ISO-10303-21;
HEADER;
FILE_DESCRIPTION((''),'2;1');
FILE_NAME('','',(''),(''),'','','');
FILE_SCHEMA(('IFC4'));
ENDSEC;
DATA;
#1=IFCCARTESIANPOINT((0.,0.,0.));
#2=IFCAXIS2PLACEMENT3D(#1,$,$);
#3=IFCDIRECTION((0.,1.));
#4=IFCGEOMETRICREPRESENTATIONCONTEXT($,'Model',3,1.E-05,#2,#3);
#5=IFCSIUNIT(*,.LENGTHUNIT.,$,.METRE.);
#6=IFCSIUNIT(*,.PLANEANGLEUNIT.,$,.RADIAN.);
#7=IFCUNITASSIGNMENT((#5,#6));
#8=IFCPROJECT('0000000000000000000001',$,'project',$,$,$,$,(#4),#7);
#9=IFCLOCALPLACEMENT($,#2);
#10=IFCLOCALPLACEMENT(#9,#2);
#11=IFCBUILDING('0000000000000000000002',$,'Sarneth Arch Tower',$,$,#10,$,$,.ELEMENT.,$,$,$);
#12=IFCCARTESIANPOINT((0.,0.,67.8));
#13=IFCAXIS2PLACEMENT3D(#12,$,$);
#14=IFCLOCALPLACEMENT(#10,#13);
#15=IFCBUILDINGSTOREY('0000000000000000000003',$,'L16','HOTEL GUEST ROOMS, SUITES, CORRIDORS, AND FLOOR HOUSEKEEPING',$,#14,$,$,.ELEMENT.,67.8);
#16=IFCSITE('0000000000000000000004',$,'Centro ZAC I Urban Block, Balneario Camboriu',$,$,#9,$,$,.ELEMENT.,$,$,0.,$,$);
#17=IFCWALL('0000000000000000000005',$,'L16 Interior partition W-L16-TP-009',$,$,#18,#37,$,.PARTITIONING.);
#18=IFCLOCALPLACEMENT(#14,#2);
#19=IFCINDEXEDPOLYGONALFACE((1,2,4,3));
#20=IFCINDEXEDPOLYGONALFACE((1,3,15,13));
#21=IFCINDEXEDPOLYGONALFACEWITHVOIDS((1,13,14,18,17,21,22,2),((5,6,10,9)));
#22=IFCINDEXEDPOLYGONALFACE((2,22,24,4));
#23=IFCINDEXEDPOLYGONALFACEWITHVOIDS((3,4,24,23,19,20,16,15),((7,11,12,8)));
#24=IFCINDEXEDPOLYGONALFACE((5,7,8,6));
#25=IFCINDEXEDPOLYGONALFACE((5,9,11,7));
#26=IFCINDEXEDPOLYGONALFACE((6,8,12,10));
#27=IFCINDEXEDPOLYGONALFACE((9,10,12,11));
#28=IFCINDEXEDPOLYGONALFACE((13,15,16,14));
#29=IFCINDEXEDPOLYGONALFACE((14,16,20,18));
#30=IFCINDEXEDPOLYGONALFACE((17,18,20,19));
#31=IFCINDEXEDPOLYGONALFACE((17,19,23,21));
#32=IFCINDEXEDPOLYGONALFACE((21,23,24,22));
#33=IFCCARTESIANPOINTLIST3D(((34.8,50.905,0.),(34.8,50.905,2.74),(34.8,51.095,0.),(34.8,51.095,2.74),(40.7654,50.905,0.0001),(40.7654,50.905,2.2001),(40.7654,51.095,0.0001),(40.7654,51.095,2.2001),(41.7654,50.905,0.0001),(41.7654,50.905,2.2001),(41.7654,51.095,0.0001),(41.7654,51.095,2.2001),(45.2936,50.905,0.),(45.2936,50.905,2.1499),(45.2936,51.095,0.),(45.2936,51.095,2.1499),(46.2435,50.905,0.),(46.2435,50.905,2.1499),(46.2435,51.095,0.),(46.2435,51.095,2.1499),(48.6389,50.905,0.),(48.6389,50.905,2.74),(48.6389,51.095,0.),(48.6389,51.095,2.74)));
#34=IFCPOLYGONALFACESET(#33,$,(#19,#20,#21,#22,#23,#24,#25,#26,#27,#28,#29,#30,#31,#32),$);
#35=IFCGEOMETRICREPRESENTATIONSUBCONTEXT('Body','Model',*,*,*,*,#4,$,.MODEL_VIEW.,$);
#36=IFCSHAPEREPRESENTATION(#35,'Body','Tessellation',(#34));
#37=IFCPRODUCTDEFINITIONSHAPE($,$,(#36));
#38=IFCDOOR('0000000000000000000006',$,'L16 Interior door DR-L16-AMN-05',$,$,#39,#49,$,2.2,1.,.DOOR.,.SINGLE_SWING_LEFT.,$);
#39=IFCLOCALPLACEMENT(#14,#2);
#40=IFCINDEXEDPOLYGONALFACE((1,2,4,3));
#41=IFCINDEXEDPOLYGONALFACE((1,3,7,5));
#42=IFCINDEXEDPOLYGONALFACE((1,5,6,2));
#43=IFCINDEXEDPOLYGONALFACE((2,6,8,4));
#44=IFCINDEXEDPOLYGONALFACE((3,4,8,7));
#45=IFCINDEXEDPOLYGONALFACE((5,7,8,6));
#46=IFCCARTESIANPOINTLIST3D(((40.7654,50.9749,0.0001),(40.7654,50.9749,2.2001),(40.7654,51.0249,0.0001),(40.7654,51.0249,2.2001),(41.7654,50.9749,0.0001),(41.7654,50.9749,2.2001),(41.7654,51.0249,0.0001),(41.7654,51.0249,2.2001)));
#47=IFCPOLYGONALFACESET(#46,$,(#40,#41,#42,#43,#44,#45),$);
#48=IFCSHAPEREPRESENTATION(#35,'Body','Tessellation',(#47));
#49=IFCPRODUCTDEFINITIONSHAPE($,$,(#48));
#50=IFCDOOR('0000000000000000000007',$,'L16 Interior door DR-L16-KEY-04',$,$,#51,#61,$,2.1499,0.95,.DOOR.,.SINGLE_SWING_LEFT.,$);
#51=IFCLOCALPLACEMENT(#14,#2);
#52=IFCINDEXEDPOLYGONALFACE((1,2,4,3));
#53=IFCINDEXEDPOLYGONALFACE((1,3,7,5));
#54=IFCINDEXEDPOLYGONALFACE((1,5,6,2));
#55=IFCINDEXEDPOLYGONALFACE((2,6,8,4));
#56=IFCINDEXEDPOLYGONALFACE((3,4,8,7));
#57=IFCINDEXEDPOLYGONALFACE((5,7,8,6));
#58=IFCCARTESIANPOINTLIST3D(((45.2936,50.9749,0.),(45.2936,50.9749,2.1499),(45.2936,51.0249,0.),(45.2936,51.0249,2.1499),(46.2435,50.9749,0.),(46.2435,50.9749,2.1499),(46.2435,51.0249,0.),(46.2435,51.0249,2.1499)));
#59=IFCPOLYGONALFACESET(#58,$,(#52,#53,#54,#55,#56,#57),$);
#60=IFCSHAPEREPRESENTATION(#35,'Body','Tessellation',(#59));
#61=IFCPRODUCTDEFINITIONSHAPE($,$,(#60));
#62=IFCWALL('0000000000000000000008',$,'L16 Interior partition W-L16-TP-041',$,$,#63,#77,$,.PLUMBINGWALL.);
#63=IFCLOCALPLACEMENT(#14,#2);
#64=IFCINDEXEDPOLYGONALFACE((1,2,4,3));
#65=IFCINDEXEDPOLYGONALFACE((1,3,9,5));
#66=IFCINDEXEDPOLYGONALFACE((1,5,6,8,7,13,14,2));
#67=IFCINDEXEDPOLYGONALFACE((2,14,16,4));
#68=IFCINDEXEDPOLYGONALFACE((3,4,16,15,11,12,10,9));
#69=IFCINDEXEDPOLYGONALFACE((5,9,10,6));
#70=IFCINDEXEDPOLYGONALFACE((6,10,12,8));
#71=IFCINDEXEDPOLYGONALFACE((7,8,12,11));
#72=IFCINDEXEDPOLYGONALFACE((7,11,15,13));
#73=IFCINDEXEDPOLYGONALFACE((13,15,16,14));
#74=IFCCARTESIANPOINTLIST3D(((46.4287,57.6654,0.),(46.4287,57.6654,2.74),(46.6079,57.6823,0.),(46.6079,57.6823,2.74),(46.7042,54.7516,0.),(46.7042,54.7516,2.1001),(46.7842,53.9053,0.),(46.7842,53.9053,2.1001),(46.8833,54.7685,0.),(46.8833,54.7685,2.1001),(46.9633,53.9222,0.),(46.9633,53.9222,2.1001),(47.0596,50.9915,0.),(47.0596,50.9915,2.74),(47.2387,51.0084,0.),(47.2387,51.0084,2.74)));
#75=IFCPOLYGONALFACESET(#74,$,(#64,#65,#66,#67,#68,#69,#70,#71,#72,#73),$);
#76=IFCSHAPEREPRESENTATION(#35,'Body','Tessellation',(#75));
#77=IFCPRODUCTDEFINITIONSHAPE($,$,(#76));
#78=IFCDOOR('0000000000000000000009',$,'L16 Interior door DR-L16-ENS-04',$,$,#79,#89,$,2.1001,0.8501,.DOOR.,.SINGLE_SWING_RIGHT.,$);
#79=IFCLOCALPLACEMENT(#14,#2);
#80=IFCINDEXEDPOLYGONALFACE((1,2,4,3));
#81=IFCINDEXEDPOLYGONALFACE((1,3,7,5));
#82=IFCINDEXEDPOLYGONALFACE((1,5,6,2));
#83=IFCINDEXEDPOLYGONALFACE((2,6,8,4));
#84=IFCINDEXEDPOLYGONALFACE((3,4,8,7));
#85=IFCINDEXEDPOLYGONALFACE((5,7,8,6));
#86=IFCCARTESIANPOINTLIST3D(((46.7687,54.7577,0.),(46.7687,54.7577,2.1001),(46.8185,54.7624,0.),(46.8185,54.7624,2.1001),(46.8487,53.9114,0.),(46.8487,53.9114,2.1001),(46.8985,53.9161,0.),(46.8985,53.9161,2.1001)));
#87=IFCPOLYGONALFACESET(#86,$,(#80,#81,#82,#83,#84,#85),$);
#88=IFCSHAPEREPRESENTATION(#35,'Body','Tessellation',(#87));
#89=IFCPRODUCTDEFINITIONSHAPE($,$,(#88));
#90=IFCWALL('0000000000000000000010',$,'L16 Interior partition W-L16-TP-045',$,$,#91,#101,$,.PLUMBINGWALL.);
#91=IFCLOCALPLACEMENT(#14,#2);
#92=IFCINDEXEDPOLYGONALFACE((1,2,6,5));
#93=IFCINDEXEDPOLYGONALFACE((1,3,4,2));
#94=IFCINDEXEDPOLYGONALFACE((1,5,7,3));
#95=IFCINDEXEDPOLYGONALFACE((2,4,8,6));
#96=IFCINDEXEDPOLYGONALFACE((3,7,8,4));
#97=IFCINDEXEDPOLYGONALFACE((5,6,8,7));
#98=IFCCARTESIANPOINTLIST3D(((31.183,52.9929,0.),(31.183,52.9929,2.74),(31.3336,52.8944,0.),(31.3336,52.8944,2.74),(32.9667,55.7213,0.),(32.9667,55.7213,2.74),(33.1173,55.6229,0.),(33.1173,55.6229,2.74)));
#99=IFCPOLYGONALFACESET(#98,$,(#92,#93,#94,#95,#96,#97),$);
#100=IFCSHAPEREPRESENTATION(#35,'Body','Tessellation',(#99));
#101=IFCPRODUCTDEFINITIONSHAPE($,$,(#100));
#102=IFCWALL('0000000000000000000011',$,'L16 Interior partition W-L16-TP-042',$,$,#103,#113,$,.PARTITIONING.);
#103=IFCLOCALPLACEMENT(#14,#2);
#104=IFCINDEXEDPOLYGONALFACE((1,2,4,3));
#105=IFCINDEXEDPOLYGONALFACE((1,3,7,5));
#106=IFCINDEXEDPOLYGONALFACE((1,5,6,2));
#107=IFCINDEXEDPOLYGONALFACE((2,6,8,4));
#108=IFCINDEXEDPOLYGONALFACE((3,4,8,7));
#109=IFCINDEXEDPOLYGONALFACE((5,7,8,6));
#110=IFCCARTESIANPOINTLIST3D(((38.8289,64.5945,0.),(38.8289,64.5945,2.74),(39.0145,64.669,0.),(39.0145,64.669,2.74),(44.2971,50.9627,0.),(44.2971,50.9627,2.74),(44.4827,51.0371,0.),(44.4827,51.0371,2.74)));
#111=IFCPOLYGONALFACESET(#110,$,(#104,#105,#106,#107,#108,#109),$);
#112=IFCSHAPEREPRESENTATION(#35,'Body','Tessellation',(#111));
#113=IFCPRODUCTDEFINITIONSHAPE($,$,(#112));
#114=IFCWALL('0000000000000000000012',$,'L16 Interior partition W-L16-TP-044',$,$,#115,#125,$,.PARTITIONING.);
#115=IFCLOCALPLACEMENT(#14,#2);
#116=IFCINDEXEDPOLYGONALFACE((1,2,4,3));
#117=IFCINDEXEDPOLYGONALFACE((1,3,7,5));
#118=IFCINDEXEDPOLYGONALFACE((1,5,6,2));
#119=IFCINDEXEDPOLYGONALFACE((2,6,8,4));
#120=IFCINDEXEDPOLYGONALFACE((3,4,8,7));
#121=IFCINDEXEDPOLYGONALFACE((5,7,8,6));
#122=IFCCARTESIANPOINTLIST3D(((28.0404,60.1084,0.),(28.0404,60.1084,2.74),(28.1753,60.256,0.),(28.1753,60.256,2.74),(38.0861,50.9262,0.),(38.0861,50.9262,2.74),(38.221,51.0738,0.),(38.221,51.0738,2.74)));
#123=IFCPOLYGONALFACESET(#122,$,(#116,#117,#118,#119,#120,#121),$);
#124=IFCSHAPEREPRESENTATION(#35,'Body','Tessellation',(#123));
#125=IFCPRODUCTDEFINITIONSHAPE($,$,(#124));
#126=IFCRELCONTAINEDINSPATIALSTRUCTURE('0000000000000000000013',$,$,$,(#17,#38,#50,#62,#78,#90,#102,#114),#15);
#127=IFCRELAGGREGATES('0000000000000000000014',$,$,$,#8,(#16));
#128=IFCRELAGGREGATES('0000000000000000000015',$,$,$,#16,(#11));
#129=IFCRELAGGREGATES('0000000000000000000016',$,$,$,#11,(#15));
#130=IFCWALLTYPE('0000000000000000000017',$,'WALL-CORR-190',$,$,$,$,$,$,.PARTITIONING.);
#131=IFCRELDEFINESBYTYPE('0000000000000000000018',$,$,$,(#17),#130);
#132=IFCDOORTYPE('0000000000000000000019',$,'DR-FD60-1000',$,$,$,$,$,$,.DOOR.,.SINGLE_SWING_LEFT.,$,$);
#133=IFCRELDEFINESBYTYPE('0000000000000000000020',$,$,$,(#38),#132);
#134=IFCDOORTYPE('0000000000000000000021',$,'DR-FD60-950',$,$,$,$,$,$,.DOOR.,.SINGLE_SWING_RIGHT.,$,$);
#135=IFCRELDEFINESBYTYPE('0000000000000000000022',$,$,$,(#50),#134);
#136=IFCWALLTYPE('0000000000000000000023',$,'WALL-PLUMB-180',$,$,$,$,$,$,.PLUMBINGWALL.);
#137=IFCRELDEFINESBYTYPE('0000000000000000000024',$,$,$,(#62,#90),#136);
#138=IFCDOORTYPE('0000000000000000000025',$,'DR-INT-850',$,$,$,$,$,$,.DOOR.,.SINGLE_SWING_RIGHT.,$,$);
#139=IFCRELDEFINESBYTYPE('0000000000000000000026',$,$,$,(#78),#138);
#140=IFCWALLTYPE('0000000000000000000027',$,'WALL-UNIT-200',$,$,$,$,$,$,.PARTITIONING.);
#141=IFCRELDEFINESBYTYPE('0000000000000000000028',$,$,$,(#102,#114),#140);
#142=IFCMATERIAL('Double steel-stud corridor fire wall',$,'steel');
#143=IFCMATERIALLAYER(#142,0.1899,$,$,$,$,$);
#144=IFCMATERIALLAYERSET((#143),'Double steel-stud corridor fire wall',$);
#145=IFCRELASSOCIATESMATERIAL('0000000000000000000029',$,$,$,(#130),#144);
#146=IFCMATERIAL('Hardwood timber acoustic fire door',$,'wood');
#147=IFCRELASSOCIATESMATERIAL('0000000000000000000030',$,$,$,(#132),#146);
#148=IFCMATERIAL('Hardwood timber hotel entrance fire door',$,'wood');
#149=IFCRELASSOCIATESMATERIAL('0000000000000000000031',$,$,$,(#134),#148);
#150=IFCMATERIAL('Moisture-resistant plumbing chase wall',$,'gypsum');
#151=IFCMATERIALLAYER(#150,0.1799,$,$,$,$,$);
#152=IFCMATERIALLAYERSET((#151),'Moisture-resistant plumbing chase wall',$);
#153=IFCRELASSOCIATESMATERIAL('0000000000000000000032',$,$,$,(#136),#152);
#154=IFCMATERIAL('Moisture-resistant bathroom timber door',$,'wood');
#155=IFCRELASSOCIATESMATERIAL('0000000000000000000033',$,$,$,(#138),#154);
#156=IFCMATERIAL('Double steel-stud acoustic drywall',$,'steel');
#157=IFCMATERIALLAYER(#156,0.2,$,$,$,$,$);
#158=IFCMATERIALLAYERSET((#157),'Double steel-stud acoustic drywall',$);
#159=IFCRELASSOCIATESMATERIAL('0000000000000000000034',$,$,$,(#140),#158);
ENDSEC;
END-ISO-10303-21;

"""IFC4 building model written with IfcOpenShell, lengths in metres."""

from ifc_helpers import new_model, si_unit, direction, frame, frame_2d, origin, place, context, subcontext, project, spatial, rectangle, extrude, material, layer, layer_set, type_object, element, fill, save


model = new_model("IFC4")

# Units and contexts
model_context = context("Model", 3, precision=1e-05, world=origin(), true_north=direction((0.0, 1.0)))
body_context = subcontext(model_context, "Body", "Model", "MODEL_VIEW")
ifc_project = project(units=[si_unit("LENGTHUNIT", "METRE"), si_unit("PLANEANGLEUNIT", "RADIAN")], contexts=[model_context])

# Site, building, storey
site_placement = place(None, origin())
site = spatial("IfcSite", under=ifc_project, at=site_placement, Name="Centro ZAC I Urban Block, Balneario Camboriu", CompositionType="ELEMENT", RefElevation=0.0)
building_placement = place(site_placement, origin())
building = spatial("IfcBuilding", under=site, at=building_placement, Name="Sarneth Arch Tower", CompositionType="ELEMENT")
storey_placement = place(building_placement, frame((0.0, 0.0, 67.8)))
storey = spatial("IfcBuildingStorey", under=building, at=storey_placement, Name="L16", Description="HOTEL GUEST ROOMS, SUITES, CORRIDORS, AND FLOOR HOUSEKEEPING", CompositionType="ELEMENT", Elevation=67.8)

# Wall, openings, doors
ifc_material_1 = material(Name="Double steel-stud corridor fire wall", Category="steel")
ifc_layer_1 = layer(ifc_material_1, 0.1899)
ifc_layer_set_1 = layer_set([ifc_layer_1], Name="Double steel-stud corridor fire wall")
wall_type_1 = type_object("IfcWallType", Name="WALL-CORR-190", PredefinedType="PARTITIONING", material=ifc_layer_set_1)
wall_1_placement = place(storey_placement, frame((34.8, 51.0, 0.0), z_axis=(0.0, 0.0, 1.0), x_axis=(1.0, 0.0, 0.0)))
wall_1 = element("IfcWall", 1, at=wall_1_placement, inside=storey, type_object=wall_type_1, Name="L16 Interior partition W-L16-TP-009", PredefinedType="PARTITIONING", context=body_context, shape_type="SweptSolid", body=[
    extrude(rectangle(XDim=13.8389, YDim=0.1899, at=frame_2d((6.9194, 0.0))), origin(), (0.0, 0.0, 1.0), 2.74),
])
opening_1_placement = place(wall_1_placement, frame((5.9653, 0.0, 0.0)))
opening_1 = element("IfcOpeningElement", 2, at=opening_1_placement, cuts=wall_1, PredefinedType="OPENING", context=body_context, shape_type="SweptSolid", body=[
    extrude(rectangle(XDim=1.0, YDim=2.2, at=frame_2d((0.5, 1.1001))), frame((0.0, 0.105, 0.0), z_axis=(0.0, -1.0, 0.0), x_axis=(1.0, 0.0, 0.0)), (0.0, 0.0, 1.0), 0.21),
])
opening_2_placement = place(wall_1_placement, frame((10.4934, 0.0, 0.0)))
opening_2 = element("IfcOpeningElement", 3, at=opening_2_placement, cuts=wall_1, PredefinedType="OPENING", context=body_context, shape_type="SweptSolid", body=[
    extrude(rectangle(XDim=0.95, YDim=2.1499, at=frame_2d((0.4751, 1.075))), frame((0.0, 0.105, 0.0), z_axis=(0.0, -1.0, 0.0), x_axis=(1.0, 0.0, 0.0)), (0.0, 0.0, 1.0), 0.21),
])
ifc_material_2 = material(Name="Hardwood timber acoustic fire door", Category="wood")
door_type_1 = type_object("IfcDoorType", Name="DR-FD60-1000", OperationType="SINGLE_SWING_LEFT", PredefinedType="DOOR", material=ifc_material_2)
door_1_placement = place(opening_1_placement, origin())
door_1 = element("IfcDoor", 4, at=door_1_placement, inside=storey, type_object=door_type_1, Name="L16 Interior door DR-L16-AMN-05", OperationType="SINGLE_SWING_LEFT", OverallHeight=2.2, OverallWidth=1.0, PredefinedType="DOOR", context=body_context, shape_type="SweptSolid", body=[
    extrude(rectangle(XDim=1.0, YDim=2.2, at=frame_2d((0.5, 1.1001))), frame((0.0, 0.0249, 0.0), z_axis=(0.0, -1.0, 0.0), x_axis=(1.0, 0.0, 0.0)), (0.0, 0.0, 1.0), 0.05),
])
fill(opening_1, door_1)
ifc_material_3 = material(Name="Hardwood timber hotel entrance fire door", Category="wood")
door_type_2 = type_object("IfcDoorType", Name="DR-FD60-950", OperationType="SINGLE_SWING_RIGHT", PredefinedType="DOOR", material=ifc_material_3)
door_2_placement = place(opening_2_placement, origin())
door_2 = element("IfcDoor", 5, at=door_2_placement, inside=storey, type_object=door_type_2, Name="L16 Interior door DR-L16-KEY-04", OperationType="SINGLE_SWING_LEFT", OverallHeight=2.1499, OverallWidth=0.95, PredefinedType="DOOR", context=body_context, shape_type="SweptSolid", body=[
    extrude(rectangle(XDim=0.95, YDim=2.1499, at=frame_2d((0.4751, 1.075))), frame((0.0, 0.0249, 0.0), z_axis=(0.0, -1.0, 0.0), x_axis=(1.0, 0.0, 0.0)), (0.0, 0.0, 1.0), 0.05),
])
fill(opening_2, door_2)

# Wall, opening, door
ifc_material_4 = material(Name="Moisture-resistant plumbing chase wall", Category="gypsum")
ifc_layer_2 = layer(ifc_material_4, 0.1799)
ifc_layer_set_2 = layer_set([ifc_layer_2], Name="Moisture-resistant plumbing chase wall")
wall_type_2 = type_object("IfcWallType", Name="WALL-PLUMB-180", PredefinedType="PLUMBINGWALL", material=ifc_layer_set_2)
wall_2_placement = place(storey_placement, frame((46.5183, 57.6738, 0.0), z_axis=(0.0, 0.0, 1.0), x_axis=(0.094108, -0.995562, 0.0)))
wall_2 = element("IfcWall", 6, at=wall_2_placement, inside=storey, type_object=wall_type_2, Name="L16 Interior partition W-L16-TP-041", PredefinedType="PLUMBINGWALL", context=body_context, shape_type="SweptSolid", body=[
    extrude(rectangle(XDim=6.7036, YDim=0.1799, at=frame_2d((3.3518, 0.0))), origin(), (0.0, 0.0, 1.0), 2.74),
])
opening_3_placement = place(wall_2_placement, frame((2.9268, 0.0, 0.0)))
opening_3 = element("IfcOpeningElement", 7, at=opening_3_placement, cuts=wall_2, PredefinedType="OPENING", context=body_context, shape_type="SweptSolid", body=[
    extrude(rectangle(XDim=0.8501, YDim=2.1001, at=frame_2d((0.425, 1.05))), frame((0.0, 0.0999, 0.0), z_axis=(0.0, -1.0, 0.0), x_axis=(1.0, 0.0, 0.0)), (0.0, 0.0, 1.0), 0.2),
])
ifc_material_5 = material(Name="Moisture-resistant bathroom timber door", Category="wood")
door_type_3 = type_object("IfcDoorType", Name="DR-INT-850", OperationType="SINGLE_SWING_RIGHT", PredefinedType="DOOR", material=ifc_material_5)
door_3_placement = place(opening_3_placement, origin())
door_3 = element("IfcDoor", 8, at=door_3_placement, inside=storey, type_object=door_type_3, Name="L16 Interior door DR-L16-ENS-04", OperationType="SINGLE_SWING_RIGHT", OverallHeight=2.1001, OverallWidth=0.8501, PredefinedType="DOOR", context=body_context, shape_type="SweptSolid", body=[
    extrude(rectangle(XDim=0.8501, YDim=2.1001, at=frame_2d((0.425, 1.05))), frame((0.0, 0.0249, 0.0), z_axis=(0.0, -1.0, 0.0), x_axis=(1.0, 0.0, 0.0)), (0.0, 0.0, 1.0), 0.05),
])
fill(opening_3, door_3)

# Walls
wall_3_placement = place(storey_placement, frame((33.042, 55.6721, 0.0), z_axis=(0.0, 0.0, 1.0), x_axis=(-0.547177, -0.837017, 0.0)))
element("IfcWall", 9, at=wall_3_placement, inside=storey, type_object=wall_type_2, Name="L16 Interior partition W-L16-TP-045", PredefinedType="PLUMBINGWALL", context=body_context, shape_type="SweptSolid", body=[
    extrude(rectangle(XDim=3.2598, YDim=0.1799, at=frame_2d((1.6299, 0.0))), origin(), (0.0, 0.0, 1.0), 2.74),
])
ifc_material_6 = material(Name="Double steel-stud acoustic drywall", Category="steel")
ifc_layer_3 = layer(ifc_material_6, 0.2)
ifc_layer_set_3 = layer_set([ifc_layer_3], Name="Double steel-stud acoustic drywall")
wall_type_3 = type_object("IfcWallType", Name="WALL-UNIT-200", PredefinedType="PARTITIONING", material=ifc_layer_set_3)
wall_4_placement = place(storey_placement, frame((44.3899, 51.0, 0.0), z_axis=(0.0, 0.0, 1.0), x_axis=(-0.372302, 0.928112, 0.0)))
element("IfcWall", 10, at=wall_4_placement, inside=storey, type_object=wall_type_3, Name="L16 Interior partition W-L16-TP-042", PredefinedType="PARTITIONING", context=body_context, shape_type="SweptSolid", body=[
    extrude(rectangle(XDim=14.6877, YDim=0.2, at=frame_2d((7.3438, 0.0))), origin(), (0.0, 0.0, 1.0), 2.74),
])
wall_5_placement = place(storey_placement, frame((38.1536, 51.0, 0.0), z_axis=(0.0, 0.0, 1.0), x_axis=(-0.738119, 0.67467, 0.0)))
element("IfcWall", 11, at=wall_5_placement, inside=storey, type_object=wall_type_3, Name="L16 Interior partition W-L16-TP-044", PredefinedType="PARTITIONING", context=body_context, shape_type="SweptSolid", body=[
    extrude(rectangle(XDim=13.6099, YDim=0.2, at=frame_2d((6.8049, 0.0))), origin(), (0.0, 0.0, 1.0), 2.74),
])

save(model, "model.ifc")
